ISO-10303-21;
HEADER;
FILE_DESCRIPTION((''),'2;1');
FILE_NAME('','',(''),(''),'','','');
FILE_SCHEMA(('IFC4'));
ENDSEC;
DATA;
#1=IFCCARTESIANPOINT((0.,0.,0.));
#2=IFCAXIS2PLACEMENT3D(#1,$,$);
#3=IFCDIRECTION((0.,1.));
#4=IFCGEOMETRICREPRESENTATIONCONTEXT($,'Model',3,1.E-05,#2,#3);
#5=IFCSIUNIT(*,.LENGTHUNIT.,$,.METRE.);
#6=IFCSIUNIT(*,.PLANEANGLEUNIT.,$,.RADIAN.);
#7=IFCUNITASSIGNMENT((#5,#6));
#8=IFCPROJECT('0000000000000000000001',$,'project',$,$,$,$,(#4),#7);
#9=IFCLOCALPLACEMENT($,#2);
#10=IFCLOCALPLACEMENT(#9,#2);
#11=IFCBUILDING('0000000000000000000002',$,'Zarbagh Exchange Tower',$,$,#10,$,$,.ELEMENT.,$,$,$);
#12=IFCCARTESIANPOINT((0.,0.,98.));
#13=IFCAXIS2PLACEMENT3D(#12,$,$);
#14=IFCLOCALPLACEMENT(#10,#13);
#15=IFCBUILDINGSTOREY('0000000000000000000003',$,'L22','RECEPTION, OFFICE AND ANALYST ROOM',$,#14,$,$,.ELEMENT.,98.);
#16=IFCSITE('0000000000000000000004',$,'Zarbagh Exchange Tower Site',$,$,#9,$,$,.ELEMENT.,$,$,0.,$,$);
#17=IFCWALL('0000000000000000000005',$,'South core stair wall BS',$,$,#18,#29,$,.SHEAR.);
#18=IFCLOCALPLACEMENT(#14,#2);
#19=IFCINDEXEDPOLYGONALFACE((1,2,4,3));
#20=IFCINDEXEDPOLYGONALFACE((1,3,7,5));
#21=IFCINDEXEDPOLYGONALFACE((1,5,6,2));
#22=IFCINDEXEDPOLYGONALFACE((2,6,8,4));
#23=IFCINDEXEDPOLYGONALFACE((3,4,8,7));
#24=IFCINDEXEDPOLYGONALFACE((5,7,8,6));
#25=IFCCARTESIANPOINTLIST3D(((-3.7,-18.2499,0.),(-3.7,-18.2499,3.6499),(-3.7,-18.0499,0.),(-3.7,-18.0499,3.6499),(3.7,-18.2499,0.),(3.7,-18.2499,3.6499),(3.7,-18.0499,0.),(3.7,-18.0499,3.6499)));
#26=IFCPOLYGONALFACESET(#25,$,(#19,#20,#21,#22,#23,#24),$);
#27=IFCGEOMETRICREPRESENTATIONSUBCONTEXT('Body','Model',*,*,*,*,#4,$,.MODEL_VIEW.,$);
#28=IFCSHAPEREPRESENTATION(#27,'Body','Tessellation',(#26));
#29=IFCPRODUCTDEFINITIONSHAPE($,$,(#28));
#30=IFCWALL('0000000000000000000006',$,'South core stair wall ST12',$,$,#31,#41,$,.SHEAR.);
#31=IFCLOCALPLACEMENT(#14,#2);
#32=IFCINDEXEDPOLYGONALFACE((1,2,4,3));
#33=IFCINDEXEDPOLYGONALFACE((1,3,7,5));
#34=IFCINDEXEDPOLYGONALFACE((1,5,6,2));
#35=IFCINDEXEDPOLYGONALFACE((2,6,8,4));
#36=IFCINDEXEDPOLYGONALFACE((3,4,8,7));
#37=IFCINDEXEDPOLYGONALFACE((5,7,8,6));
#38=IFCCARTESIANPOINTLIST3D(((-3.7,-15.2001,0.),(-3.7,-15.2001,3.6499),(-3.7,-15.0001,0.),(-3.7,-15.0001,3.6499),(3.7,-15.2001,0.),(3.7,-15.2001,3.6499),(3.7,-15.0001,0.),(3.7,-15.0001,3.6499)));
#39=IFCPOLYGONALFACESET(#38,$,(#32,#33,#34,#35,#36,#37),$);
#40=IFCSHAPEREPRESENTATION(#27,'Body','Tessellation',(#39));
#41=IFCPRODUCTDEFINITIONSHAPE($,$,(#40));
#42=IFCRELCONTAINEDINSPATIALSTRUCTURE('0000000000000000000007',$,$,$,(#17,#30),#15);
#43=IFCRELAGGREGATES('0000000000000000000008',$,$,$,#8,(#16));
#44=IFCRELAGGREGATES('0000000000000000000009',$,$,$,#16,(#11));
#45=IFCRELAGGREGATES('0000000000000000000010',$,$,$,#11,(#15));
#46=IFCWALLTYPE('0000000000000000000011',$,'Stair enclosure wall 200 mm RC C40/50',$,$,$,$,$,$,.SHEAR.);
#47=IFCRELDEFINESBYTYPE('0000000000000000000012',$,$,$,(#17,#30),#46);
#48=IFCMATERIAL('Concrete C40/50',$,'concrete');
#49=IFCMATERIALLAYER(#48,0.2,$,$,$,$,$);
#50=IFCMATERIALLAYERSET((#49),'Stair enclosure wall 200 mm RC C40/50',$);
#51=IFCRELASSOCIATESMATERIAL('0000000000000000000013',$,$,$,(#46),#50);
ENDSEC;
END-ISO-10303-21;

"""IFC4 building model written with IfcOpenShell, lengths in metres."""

from ifc_helpers import new_model, si_unit, direction, frame, frame_2d, origin, place, context, subcontext, project, spatial, rectangle, extrude, material, layer, layer_set, type_object, element, save


model = new_model("IFC4")

# Units and contexts
model_context = context("Model", 3, precision=1e-05, world=origin(), true_north=direction((0.0, 1.0)))
body_context = subcontext(model_context, "Body", "Model", "MODEL_VIEW")
ifc_project = project(units=[si_unit("LENGTHUNIT", "METRE"), si_unit("PLANEANGLEUNIT", "RADIAN")], contexts=[model_context])

# Site, building, storey
site_placement = place(None, origin())
site = spatial("IfcSite", under=ifc_project, at=site_placement, Name="Zarbagh Exchange Tower Site", CompositionType="ELEMENT", RefElevation=0.0)
building_placement = place(site_placement, origin())
building = spatial("IfcBuilding", under=site, at=building_placement, Name="Zarbagh Exchange Tower", CompositionType="ELEMENT")
storey_placement = place(building_placement, frame((0.0, 0.0, 98.0)))
storey = spatial("IfcBuildingStorey", under=building, at=storey_placement, Name="L22", Description="RECEPTION, OFFICE AND ANALYST ROOM", CompositionType="ELEMENT", Elevation=98.0)

# Walls
ifc_material_1 = material(Name="Concrete C40/50", Category="concrete")
ifc_layer_1 = layer(ifc_material_1, 0.2)
ifc_layer_set_1 = layer_set([ifc_layer_1], Name="Stair enclosure wall 200 mm RC C40/50")
wall_type_1 = type_object("IfcWallType", Name="Stair enclosure wall 200 mm RC C40/50", PredefinedType="SHEAR", material=ifc_layer_set_1)
for number, where, z_axis, x_axis, name in (
    (1, (3.7, -18.1499, 0.0), (0.0, 0.0, 1.0), (-1.0, 0.0, 0.0), "South core stair wall BS"),
    (2, (3.7, -15.1001, 0.0), (0.0, 0.0, 1.0), (-1.0, 0.0, 0.0), "South core stair wall ST12"),
):
    element("IfcWall", number, at=place(storey_placement, frame(where, z_axis=z_axis, x_axis=x_axis)), inside=storey, type_object=wall_type_1, Name=name, PredefinedType="SHEAR", context=body_context, shape_type="SweptSolid", body=[
        extrude(rectangle(XDim=7.3999, YDim=0.2, at=frame_2d((3.7, 0.0))), origin(), (0.0, 0.0, 1.0), 3.6499),
    ])

save(model, "model.ifc")
